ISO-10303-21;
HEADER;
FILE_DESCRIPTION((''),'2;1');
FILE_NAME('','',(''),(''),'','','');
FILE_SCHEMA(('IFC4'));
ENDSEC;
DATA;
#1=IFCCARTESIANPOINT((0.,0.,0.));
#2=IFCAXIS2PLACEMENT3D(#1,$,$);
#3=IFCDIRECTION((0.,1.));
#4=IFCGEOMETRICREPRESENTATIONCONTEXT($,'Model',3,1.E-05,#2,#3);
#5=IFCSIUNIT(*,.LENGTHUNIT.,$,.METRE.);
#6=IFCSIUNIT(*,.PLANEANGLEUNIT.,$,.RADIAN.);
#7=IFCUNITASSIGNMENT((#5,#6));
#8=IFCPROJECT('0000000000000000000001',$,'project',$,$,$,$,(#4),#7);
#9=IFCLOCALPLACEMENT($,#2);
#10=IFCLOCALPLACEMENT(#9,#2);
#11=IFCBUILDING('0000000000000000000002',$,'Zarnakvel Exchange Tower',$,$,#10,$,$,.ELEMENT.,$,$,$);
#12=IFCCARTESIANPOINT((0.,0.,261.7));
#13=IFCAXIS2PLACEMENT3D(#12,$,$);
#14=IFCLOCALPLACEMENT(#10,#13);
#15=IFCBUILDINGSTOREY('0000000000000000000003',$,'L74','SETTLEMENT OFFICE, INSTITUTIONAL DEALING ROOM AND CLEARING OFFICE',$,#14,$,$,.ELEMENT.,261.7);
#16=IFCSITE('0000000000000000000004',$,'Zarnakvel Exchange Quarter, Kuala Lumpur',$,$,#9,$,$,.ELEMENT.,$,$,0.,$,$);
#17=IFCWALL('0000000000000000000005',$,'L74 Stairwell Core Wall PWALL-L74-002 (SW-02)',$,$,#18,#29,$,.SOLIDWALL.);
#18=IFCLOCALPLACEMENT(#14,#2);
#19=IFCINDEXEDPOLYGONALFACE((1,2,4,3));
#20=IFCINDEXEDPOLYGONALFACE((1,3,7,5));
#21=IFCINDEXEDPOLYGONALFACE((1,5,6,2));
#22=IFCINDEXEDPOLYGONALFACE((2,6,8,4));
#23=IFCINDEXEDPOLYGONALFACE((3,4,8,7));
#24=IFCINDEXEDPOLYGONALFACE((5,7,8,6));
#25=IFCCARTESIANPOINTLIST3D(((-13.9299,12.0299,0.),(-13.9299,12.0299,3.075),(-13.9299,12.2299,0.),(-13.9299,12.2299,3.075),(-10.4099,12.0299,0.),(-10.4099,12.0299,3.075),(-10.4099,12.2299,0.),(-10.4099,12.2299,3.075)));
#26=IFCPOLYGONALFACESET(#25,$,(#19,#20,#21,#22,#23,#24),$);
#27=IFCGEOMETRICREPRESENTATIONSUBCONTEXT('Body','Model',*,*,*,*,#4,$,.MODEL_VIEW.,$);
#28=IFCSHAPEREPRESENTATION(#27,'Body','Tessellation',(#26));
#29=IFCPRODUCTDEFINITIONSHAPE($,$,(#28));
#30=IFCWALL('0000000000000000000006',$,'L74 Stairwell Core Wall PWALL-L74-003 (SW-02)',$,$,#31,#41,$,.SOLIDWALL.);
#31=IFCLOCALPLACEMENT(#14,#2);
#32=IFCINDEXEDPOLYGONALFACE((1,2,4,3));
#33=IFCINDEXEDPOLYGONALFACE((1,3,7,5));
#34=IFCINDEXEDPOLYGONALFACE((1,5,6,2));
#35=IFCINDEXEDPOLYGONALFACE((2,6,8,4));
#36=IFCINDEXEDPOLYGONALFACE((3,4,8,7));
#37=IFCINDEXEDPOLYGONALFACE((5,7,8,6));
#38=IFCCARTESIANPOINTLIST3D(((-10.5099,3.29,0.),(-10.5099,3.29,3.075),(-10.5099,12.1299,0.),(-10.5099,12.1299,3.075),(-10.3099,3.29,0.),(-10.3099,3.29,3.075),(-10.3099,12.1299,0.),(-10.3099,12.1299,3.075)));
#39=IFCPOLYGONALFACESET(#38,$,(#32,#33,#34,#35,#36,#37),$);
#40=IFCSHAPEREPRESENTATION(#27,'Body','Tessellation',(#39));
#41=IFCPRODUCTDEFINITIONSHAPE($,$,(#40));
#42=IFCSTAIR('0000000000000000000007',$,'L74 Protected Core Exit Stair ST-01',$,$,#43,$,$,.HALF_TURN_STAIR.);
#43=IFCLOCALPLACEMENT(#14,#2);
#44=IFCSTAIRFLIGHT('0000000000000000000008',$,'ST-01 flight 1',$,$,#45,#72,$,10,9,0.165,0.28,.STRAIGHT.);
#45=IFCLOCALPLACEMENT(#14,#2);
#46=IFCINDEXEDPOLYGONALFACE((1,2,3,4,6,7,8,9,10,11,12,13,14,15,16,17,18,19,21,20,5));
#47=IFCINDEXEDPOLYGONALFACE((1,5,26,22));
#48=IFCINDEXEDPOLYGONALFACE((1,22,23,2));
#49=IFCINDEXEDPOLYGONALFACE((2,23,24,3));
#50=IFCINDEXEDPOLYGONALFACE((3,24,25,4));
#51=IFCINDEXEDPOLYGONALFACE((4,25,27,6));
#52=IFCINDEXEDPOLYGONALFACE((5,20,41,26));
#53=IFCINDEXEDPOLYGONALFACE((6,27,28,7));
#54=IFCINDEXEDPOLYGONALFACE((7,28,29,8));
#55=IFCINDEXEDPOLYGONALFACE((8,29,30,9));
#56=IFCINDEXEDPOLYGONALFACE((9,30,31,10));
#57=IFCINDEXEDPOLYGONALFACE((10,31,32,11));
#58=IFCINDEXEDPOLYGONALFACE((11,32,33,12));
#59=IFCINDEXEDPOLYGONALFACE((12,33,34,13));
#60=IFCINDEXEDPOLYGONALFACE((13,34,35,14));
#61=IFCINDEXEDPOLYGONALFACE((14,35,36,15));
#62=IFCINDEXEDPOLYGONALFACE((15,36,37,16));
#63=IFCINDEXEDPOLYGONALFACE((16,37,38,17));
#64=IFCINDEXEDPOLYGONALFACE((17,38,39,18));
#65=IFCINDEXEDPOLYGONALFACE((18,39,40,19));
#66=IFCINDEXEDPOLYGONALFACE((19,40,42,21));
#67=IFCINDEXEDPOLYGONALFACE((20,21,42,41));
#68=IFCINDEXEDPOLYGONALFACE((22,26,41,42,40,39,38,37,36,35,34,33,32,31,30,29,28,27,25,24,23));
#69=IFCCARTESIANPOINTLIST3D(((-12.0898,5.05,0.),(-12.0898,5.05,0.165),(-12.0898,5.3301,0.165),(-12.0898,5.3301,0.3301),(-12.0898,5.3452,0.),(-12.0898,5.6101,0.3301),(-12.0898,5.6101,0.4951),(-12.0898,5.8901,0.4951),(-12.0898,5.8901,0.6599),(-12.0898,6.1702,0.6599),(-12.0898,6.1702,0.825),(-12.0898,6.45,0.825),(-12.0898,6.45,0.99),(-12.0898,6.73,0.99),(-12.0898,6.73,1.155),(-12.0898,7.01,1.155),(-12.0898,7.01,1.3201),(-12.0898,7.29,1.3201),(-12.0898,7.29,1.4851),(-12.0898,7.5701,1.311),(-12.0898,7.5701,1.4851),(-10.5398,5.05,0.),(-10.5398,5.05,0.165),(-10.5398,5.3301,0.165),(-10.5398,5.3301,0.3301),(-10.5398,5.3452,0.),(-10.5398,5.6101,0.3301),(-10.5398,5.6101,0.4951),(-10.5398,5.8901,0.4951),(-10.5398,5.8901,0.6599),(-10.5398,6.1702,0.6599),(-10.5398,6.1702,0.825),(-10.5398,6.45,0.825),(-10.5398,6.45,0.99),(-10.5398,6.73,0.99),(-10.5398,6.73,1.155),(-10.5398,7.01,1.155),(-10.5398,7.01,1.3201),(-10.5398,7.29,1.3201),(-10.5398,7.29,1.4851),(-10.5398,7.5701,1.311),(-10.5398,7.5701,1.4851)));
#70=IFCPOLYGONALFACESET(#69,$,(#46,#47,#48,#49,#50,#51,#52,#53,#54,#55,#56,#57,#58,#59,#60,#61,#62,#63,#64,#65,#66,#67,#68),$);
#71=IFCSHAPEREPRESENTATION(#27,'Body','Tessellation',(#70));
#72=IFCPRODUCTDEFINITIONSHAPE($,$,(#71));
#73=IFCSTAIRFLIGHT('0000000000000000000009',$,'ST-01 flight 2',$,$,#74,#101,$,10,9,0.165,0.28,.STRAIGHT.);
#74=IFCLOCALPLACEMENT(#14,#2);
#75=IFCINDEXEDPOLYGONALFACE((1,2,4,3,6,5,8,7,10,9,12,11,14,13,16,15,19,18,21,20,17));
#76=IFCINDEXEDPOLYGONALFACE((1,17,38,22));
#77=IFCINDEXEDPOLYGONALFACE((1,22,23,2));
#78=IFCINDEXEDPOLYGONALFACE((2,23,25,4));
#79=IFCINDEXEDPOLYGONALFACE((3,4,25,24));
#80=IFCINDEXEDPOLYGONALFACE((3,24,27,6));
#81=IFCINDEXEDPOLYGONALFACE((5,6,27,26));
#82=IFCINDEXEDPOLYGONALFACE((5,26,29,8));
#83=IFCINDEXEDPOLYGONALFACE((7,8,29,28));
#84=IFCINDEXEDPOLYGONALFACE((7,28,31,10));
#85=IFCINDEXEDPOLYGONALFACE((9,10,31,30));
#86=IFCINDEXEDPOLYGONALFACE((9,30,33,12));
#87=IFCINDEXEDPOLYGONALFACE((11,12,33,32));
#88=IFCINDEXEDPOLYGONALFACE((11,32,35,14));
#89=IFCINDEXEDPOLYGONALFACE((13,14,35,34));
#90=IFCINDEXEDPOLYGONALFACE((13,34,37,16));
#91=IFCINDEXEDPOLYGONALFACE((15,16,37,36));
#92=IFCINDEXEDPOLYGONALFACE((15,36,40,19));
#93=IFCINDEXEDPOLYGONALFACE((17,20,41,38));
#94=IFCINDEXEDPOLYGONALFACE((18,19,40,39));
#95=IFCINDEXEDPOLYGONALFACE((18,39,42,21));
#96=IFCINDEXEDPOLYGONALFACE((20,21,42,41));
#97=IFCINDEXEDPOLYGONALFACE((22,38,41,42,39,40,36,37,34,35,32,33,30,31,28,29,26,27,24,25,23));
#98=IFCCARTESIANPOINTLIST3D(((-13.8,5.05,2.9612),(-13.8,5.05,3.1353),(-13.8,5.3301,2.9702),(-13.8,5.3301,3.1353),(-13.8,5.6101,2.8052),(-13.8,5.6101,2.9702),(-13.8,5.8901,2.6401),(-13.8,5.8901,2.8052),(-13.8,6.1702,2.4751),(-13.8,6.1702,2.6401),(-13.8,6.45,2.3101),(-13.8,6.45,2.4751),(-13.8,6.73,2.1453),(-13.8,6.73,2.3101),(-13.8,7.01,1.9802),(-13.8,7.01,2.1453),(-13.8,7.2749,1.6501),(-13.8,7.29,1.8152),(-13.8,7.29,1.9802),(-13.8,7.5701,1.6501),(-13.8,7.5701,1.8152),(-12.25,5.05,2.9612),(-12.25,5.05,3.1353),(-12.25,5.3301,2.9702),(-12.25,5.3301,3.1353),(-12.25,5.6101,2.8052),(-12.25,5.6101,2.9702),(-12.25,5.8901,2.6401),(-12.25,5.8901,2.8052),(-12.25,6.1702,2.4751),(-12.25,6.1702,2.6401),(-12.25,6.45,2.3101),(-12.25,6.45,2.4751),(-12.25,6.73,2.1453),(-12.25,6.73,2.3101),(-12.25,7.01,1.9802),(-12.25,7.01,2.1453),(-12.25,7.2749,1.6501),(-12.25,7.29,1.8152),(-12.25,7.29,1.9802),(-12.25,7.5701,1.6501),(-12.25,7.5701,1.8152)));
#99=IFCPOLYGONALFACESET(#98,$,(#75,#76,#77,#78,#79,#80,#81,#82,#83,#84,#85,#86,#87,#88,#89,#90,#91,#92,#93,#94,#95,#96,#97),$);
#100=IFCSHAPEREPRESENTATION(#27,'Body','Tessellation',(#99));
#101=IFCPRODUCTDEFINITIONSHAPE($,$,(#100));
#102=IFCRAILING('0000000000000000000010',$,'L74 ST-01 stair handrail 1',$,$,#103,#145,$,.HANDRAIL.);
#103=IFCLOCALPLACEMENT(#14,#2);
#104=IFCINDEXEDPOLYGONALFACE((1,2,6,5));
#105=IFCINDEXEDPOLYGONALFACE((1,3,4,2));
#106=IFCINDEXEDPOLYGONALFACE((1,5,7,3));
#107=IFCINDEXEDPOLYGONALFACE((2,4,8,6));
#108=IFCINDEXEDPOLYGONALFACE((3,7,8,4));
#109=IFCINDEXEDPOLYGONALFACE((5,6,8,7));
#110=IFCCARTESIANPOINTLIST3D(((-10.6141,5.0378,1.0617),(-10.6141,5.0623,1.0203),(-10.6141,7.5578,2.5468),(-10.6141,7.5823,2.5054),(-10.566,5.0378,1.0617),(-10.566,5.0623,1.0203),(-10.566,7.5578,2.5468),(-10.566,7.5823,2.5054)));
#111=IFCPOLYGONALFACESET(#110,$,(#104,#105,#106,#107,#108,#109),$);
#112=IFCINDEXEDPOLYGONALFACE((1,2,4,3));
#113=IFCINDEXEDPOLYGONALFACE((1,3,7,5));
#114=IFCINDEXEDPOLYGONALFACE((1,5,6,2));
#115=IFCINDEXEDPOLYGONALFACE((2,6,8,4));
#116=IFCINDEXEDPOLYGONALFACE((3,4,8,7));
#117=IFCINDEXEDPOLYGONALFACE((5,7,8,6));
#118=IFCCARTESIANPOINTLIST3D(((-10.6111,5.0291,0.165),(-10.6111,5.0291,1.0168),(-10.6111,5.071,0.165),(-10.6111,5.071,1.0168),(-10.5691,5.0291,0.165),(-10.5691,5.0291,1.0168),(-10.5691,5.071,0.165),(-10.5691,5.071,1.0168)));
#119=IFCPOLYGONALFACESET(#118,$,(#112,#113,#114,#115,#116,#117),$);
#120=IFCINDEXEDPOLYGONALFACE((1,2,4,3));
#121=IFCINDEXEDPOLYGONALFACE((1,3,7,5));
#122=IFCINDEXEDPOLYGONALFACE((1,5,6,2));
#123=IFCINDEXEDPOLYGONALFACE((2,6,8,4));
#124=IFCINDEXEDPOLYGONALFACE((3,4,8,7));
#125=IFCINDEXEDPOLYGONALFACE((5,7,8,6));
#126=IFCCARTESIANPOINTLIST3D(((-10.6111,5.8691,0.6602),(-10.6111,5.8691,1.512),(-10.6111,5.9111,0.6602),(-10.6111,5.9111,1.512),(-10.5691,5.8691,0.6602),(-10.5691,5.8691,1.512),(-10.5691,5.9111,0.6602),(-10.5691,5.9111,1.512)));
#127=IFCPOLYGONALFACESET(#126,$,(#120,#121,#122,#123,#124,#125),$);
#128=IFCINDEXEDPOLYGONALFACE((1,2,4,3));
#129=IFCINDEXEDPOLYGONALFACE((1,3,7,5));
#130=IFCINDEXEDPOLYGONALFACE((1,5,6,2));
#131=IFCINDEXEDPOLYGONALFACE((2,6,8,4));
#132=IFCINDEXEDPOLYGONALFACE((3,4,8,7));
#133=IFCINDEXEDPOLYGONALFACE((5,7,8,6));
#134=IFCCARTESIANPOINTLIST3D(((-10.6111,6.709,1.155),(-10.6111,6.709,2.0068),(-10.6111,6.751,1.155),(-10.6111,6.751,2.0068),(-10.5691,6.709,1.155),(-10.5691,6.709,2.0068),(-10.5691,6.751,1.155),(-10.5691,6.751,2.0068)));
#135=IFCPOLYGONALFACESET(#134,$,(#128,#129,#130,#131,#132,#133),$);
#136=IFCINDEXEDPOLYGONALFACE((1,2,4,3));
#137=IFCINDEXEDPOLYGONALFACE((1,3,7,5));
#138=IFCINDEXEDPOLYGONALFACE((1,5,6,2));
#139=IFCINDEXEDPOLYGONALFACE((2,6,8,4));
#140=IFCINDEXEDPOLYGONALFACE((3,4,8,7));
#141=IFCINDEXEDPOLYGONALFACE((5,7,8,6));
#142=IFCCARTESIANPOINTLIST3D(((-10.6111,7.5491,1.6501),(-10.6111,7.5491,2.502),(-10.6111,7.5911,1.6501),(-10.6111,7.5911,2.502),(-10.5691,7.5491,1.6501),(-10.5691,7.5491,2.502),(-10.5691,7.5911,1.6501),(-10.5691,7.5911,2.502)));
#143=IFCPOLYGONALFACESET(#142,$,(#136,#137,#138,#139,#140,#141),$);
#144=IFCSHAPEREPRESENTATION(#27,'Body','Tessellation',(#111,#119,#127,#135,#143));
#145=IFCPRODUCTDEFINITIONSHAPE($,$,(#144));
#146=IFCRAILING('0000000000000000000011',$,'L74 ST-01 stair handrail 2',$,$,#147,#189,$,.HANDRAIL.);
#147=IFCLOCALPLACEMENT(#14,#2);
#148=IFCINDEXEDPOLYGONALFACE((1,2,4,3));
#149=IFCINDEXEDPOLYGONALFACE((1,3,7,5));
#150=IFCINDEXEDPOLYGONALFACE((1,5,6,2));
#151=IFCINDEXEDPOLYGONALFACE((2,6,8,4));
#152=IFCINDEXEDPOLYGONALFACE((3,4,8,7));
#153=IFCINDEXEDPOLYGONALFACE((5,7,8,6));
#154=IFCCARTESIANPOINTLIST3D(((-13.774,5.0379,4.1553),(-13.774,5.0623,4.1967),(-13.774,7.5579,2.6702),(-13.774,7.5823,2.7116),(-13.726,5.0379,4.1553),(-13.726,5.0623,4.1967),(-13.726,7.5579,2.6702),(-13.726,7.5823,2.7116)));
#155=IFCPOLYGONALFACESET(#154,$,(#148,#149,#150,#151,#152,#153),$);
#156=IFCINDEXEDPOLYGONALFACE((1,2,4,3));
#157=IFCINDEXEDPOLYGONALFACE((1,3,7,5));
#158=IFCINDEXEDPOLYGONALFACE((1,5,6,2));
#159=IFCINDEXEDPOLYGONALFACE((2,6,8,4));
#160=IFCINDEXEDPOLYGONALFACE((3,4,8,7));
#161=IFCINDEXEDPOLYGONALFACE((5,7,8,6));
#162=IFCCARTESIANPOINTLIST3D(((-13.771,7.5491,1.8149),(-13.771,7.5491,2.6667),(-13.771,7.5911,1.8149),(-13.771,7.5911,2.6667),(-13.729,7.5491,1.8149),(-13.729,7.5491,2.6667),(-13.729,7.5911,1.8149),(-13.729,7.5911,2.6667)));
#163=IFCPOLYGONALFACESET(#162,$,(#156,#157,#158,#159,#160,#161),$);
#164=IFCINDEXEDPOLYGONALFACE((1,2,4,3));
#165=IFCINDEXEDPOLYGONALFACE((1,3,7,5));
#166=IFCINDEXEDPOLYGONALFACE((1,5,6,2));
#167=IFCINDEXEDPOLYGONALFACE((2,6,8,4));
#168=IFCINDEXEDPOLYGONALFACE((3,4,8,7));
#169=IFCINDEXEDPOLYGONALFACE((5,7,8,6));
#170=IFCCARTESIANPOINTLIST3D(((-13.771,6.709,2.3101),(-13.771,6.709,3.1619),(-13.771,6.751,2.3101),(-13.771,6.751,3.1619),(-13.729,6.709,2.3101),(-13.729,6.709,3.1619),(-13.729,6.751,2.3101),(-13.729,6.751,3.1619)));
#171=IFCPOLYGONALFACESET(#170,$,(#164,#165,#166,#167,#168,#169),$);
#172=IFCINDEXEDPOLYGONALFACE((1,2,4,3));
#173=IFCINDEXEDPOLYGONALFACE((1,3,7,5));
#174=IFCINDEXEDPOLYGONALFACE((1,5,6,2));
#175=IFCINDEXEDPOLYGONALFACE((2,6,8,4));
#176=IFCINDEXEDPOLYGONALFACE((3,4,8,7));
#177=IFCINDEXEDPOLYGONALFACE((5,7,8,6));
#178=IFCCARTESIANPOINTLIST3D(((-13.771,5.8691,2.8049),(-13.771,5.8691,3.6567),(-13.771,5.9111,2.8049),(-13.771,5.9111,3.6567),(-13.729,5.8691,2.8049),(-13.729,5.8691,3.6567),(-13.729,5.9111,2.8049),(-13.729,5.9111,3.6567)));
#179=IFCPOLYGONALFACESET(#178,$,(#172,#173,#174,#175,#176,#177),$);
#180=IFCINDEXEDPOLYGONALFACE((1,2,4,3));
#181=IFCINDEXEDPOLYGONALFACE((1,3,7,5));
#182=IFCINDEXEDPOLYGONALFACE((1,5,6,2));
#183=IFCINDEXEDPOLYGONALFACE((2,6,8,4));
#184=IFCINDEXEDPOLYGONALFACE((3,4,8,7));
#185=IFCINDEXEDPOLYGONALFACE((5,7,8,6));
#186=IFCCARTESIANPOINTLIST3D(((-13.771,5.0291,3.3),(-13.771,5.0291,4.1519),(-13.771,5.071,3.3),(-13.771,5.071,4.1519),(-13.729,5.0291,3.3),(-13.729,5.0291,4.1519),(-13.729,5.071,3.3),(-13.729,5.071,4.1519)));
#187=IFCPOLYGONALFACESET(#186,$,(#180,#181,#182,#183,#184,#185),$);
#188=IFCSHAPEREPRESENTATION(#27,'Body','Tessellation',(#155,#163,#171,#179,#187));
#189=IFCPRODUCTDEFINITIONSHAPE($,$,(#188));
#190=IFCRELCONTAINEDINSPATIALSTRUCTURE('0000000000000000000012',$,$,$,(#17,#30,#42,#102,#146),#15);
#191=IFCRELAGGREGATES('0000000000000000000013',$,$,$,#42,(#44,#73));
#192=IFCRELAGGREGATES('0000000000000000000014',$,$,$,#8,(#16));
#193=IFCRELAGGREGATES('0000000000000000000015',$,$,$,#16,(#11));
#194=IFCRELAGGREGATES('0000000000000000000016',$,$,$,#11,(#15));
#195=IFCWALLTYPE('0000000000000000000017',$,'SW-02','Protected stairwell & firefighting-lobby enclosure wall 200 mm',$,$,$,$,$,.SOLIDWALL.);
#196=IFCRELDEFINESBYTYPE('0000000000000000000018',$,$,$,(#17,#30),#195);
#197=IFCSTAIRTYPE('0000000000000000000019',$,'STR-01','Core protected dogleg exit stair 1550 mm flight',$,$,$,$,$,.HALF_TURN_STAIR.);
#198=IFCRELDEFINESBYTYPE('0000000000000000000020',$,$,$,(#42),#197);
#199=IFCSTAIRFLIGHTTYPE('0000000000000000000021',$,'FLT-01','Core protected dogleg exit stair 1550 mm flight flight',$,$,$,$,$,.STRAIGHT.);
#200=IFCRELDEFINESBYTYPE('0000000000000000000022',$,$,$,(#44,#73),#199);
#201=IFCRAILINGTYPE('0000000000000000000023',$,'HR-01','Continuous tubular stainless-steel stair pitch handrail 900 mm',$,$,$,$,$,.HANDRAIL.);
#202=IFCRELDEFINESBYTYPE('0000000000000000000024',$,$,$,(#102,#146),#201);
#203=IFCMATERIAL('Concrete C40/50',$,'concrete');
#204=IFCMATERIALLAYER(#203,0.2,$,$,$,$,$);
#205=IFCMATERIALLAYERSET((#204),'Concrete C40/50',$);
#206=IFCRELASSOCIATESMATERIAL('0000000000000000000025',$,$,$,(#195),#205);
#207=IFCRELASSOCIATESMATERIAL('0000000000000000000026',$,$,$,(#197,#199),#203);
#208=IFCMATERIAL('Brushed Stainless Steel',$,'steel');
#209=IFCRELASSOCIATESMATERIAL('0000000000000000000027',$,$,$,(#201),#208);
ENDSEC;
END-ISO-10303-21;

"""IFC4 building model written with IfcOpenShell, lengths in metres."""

from ifc_helpers import new_model, si_unit, direction, frame, frame_2d, origin, origin_2d, place, context, subcontext, project, spatial, polyline, rectangle, outline, extrude, material, layer, layer_set, type_object, element, aggregate, save


model = new_model("IFC4")

# Units and contexts
model_context = context("Model", 3, precision=1e-05, world=origin(), true_north=direction((0.0, 1.0)))
body_context = subcontext(model_context, "Body", "Model", "MODEL_VIEW")
ifc_project = project(units=[si_unit("LENGTHUNIT", "METRE"), si_unit("PLANEANGLEUNIT", "RADIAN")], contexts=[model_context])

# Site, building, storey
site_placement = place(None, origin())
site = spatial("IfcSite", under=ifc_project, at=site_placement, Name="Zarnakvel Exchange Quarter, Kuala Lumpur", CompositionType="ELEMENT", RefElevation=0.0)
building_placement = place(site_placement, origin())
building = spatial("IfcBuilding", under=site, at=building_placement, Name="Zarnakvel Exchange Tower", CompositionType="ELEMENT")
storey_placement = place(building_placement, frame((0.0, 0.0, 261.7)))
storey = spatial("IfcBuildingStorey", under=building, at=storey_placement, Name="L74", Description="SETTLEMENT OFFICE, INSTITUTIONAL DEALING ROOM AND CLEARING OFFICE", CompositionType="ELEMENT", Elevation=261.7)

# Shared definitions
ifc_material_1 = material(Name="Concrete C40/50", Category="concrete")

# Shared definitions
ifc_layer_1 = layer(ifc_material_1, 0.2)
ifc_layer_set_1 = layer_set([ifc_layer_1], Name="Concrete C40/50")
wall_type_1 = type_object("IfcWallType", Name="SW-02", Description="Protected stairwell & firefighting-lobby enclosure wall 200 mm", PredefinedType="SOLIDWALL", material=ifc_layer_set_1)

# Walls
wall_1_placement = place(storey_placement, frame((-13.9299, 12.1299, 0.0), z_axis=(0.0, 0.0, 1.0), x_axis=(1.0, 0.0, 0.0)))
element("IfcWall", 1, at=wall_1_placement, inside=storey, type_object=wall_type_1, Name="L74 Stairwell Core Wall PWALL-L74-002 (SW-02)", PredefinedType="SOLIDWALL", context=body_context, shape_type="SweptSolid", body=[
    extrude(rectangle(XDim=3.52, YDim=0.2, at=frame_2d((1.76, 0.0))), origin(), (0.0, 0.0, 1.0), 3.075),
])
wall_2_placement = place(storey_placement, frame((-10.4099, 12.1299, 0.0), z_axis=(0.0, 0.0, 1.0), x_axis=(0.0, -1.0, 0.0)))
element("IfcWall", 2, at=wall_2_placement, inside=storey, type_object=wall_type_1, Name="L74 Stairwell Core Wall PWALL-L74-003 (SW-02)", PredefinedType="SOLIDWALL", context=body_context, shape_type="SweptSolid", body=[
    extrude(rectangle(XDim=8.8398, YDim=0.2, at=frame_2d((4.4199, 0.0))), origin(), (0.0, 0.0, 1.0), 3.075),
])

# Stair, stair flights
stair_type = type_object("IfcStairType", Name="STR-01", Description="Core protected dogleg exit stair 1550 mm flight", PredefinedType="HALF_TURN_STAIR", material=ifc_material_1)
stair_placement = place(storey_placement, origin())
stair = element("IfcStair", 3, at=stair_placement, inside=storey, type_object=stair_type, Name="L74 Protected Core Exit Stair ST-01", PredefinedType="HALF_TURN_STAIR")
stair_flight_type = type_object("IfcStairFlightType", Name="FLT-01", Description="Core protected dogleg exit stair 1550 mm flight flight", PredefinedType="STRAIGHT", material=ifc_material_1)
stair_flight_1_placement = place(storey_placement, frame((-11.3149, 5.05, 0.0), z_axis=(0.0, 0.0, 1.0), x_axis=(0.0, 1.0, 0.0)))
stair_flight_1 = element("IfcStairFlight", 4, at=stair_flight_1_placement, type_object=stair_flight_type, Name="ST-01 flight 1", NumberOfRisers=10, NumberOfTreads=9, PredefinedType="STRAIGHT", RiserHeight=0.165, TreadLength=0.28, context=body_context, shape_type="SweptSolid", body=[
    extrude(outline(polyline([(0.0, 0.0), (0.0, 0.165), (0.28, 0.165), (0.28, 0.3301), (0.5601, 0.3301), (0.5601, 0.4951), (0.8401, 0.4951), (0.8401, 0.6599), (1.1201, 0.6599), (1.1201, 0.825), (1.3999, 0.825), (1.3999, 0.99), (1.6799, 0.99), (1.6799, 1.155), (1.96, 1.155), (1.96, 1.3201), (2.24, 1.3201), (2.24, 1.4851), (2.52, 1.4851), (2.52, 1.6499), (2.52, 1.311), (0.2952, 0.0), (0.0, 0.0)])), frame((0.0, 0.7749, 0.0), z_axis=(0.0, -1.0, 0.0), x_axis=(1.0, 0.0, 0.0)), (0.0, 0.0, 1.0), 1.55),
])
stair_flight_2_placement = place(storey_placement, frame((-13.0249, 7.5701, 1.6501), z_axis=(0.0, 0.0, 1.0), x_axis=(0.0, -1.0, 0.0)))
stair_flight_2 = element("IfcStairFlight", 5, at=stair_flight_2_placement, type_object=stair_flight_type, Name="ST-01 flight 2", NumberOfRisers=10, NumberOfTreads=9, PredefinedType="STRAIGHT", RiserHeight=0.165, TreadLength=0.28, context=body_context, shape_type="SweptSolid", body=[
    extrude(outline(polyline([(0.0, 0.0), (0.0, 0.165), (0.28, 0.165), (0.28, 0.3301), (0.5601, 0.3301), (0.5601, 0.4951), (0.8401, 0.4951), (0.8401, 0.6599), (1.1201, 0.6599), (1.1201, 0.825), (1.3999, 0.825), (1.3999, 0.99), (1.6799, 0.99), (1.6799, 1.155), (1.96, 1.155), (1.96, 1.3201), (2.24, 1.3201), (2.24, 1.4851), (2.52, 1.4851), (2.52, 1.6499), (2.52, 1.311), (0.2952, 0.0), (0.0, 0.0)])), frame((0.0, 0.7749, 0.0), z_axis=(0.0, -1.0, 0.0), x_axis=(1.0, 0.0, 0.0)), (0.0, 0.0, 1.0), 1.55),
])
aggregate(stair, [stair_flight_1, stair_flight_2])

# Railings
ifc_material_2 = material(Name="Brushed Stainless Steel", Category="steel")
railing_type_1 = type_object("IfcRailingType", Name="HR-01", Description="Continuous tubular stainless-steel stair pitch handrail 900 mm", PredefinedType="HANDRAIL", material=ifc_material_2)
railing_1_placement = place(storey_placement, frame((-10.5901, 5.05, 0.165)))
element("IfcRailing", 6, at=railing_1_placement, inside=storey, type_object=railing_type_1, Name="L74 ST-01 stair handrail 1", PredefinedType="HANDRAIL", context=body_context, shape_type="SweptSolid", body=[
    extrude(rectangle(XDim=0.0481, YDim=0.0481, at=origin_2d()), frame((0.0, 0.0, 0.876), z_axis=(0.0, 0.861524, 0.507717), x_axis=(-1.0, 0.0, 0.0)), (0.0, 0.0, 1.0), 2.925),
    extrude(rectangle(XDim=0.042, YDim=0.042, at=origin_2d()), origin(), (0.0, 0.0, 1.0), 0.8518),
    extrude(rectangle(XDim=0.042, YDim=0.042, at=origin_2d()), frame((0.0, 0.8401, 0.4951)), (0.0, 0.0, 1.0), 0.8518),
    extrude(rectangle(XDim=0.042, YDim=0.042, at=origin_2d()), frame((0.0, 1.6799, 0.99)), (0.0, 0.0, 1.0), 0.8518),
    extrude(rectangle(XDim=0.042, YDim=0.042, at=origin_2d()), frame((0.0, 2.52, 1.4851)), (0.0, 0.0, 1.0), 0.8518),
])
railing_2_placement = place(storey_placement, frame((-13.75, 7.5701, 1.8149)))
element("IfcRailing", 7, at=railing_2_placement, inside=storey, type_object=railing_type_1, Name="L74 ST-01 stair handrail 2", PredefinedType="HANDRAIL", context=body_context, shape_type="SweptSolid", body=[
    extrude(rectangle(XDim=0.0481, YDim=0.0481, at=origin_2d()), frame((0.0, 0.0, 0.876), z_axis=(0.0, -0.861524, 0.507717), x_axis=(1.0, 0.0, 0.0)), (0.0, 0.0, 1.0), 2.925),
    extrude(rectangle(XDim=0.042, YDim=0.042, at=origin_2d()), origin(), (0.0, 0.0, 1.0), 0.8518),
    extrude(rectangle(XDim=0.042, YDim=0.042, at=origin_2d()), frame((0.0, -0.8401, 0.4951)), (0.0, 0.0, 1.0), 0.8518),
    extrude(rectangle(XDim=0.042, YDim=0.042, at=origin_2d()), frame((0.0, -1.6799, 0.99)), (0.0, 0.0, 1.0), 0.8518),
    extrude(rectangle(XDim=0.042, YDim=0.042, at=origin_2d()), frame((0.0, -2.52, 1.4851)), (0.0, 0.0, 1.0), 0.8518),
])

save(model, "model.ifc")
